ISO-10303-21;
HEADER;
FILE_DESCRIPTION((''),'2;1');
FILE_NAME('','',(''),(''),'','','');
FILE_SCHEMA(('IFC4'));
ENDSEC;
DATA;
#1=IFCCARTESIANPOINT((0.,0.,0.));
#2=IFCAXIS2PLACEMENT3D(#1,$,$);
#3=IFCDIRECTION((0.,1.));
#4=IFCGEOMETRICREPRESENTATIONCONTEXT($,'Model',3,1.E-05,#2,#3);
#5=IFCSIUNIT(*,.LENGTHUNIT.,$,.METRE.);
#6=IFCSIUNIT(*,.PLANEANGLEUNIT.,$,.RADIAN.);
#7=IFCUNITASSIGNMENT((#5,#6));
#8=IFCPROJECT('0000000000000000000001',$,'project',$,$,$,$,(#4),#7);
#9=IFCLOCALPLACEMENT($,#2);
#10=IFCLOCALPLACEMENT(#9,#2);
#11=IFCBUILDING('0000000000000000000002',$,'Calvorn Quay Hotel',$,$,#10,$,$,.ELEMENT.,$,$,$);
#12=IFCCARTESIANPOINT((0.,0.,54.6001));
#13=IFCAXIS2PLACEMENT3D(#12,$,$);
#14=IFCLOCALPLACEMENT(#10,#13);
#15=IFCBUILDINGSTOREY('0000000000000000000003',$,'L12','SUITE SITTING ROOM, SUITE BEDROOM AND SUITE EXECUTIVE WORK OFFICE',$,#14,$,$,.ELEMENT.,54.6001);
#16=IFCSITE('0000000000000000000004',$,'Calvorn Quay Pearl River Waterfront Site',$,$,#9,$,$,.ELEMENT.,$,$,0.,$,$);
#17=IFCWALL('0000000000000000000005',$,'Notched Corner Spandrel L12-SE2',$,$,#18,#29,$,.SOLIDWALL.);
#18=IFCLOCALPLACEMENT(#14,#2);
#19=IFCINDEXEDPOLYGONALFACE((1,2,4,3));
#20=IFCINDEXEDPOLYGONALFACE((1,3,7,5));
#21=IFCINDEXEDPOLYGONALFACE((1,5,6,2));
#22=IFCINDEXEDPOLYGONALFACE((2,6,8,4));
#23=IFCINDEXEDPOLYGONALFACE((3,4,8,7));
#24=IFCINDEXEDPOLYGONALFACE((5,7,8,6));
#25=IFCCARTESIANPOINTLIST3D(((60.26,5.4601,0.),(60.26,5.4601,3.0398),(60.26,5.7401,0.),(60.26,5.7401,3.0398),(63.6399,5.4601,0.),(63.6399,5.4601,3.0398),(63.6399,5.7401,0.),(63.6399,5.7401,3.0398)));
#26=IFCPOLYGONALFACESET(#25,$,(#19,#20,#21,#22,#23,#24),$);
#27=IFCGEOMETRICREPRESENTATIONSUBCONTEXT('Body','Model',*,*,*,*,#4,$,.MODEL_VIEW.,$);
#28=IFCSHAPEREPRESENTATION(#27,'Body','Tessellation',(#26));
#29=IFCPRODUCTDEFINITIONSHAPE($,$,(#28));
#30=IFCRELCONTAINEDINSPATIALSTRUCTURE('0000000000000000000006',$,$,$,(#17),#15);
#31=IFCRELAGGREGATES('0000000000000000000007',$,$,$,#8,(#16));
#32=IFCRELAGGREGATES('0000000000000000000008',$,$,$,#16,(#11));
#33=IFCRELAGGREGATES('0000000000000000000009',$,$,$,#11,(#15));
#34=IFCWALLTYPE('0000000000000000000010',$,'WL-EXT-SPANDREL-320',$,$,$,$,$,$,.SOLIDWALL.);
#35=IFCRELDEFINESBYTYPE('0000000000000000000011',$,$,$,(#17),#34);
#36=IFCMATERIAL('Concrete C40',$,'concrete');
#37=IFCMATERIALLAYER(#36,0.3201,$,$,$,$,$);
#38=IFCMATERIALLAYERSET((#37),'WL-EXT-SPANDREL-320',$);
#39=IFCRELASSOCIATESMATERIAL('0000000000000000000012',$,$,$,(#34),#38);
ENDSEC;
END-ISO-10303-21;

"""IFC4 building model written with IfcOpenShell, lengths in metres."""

from ifc_helpers import new_model, si_unit, direction, frame, frame_2d, origin, place, context, subcontext, project, spatial, rectangle, extrude, material, layer, layer_set, type_object, element, save


model = new_model("IFC4")

# Units and contexts
model_context = context("Model", 3, precision=1e-05, world=origin(), true_north=direction((0.0, 1.0)))
body_context = subcontext(model_context, "Body", "Model", "MODEL_VIEW")
ifc_project = project(units=[si_unit("LENGTHUNIT", "METRE"), si_unit("PLANEANGLEUNIT", "RADIAN")], contexts=[model_context])

# Site, building, storey
site_placement = place(None, origin())
site = spatial("IfcSite", under=ifc_project, at=site_placement, Name="Calvorn Quay Pearl River Waterfront Site", CompositionType="ELEMENT", RefElevation=0.0)
building_placement = place(site_placement, origin())
building = spatial("IfcBuilding", under=site, at=building_placement, Name="Calvorn Quay Hotel", CompositionType="ELEMENT")
storey_placement = place(building_placement, frame((0.0, 0.0, 54.6001)))
storey = spatial("IfcBuildingStorey", under=building, at=storey_placement, Name="L12", Description="SUITE SITTING ROOM, SUITE BEDROOM AND SUITE EXECUTIVE WORK OFFICE", CompositionType="ELEMENT", Elevation=54.6001)

# Wall
ifc_material_1 = material(Name="Concrete C40", Category="concrete")
ifc_layer_1 = layer(ifc_material_1, 0.3201)
ifc_layer_set_1 = layer_set([ifc_layer_1], Name="WL-EXT-SPANDREL-320")
wall_type = type_object("IfcWallType", Name="WL-EXT-SPANDREL-320", PredefinedType="SOLIDWALL", material=ifc_layer_set_1)
wall_1_placement = place(storey_placement, frame((60.26, 5.6001, 0.0), z_axis=(0.0, 0.0, 1.0), x_axis=(1.0, 0.0, 0.0)))
element("IfcWall", 1, at=wall_1_placement, inside=storey, type_object=wall_type, Name="Notched Corner Spandrel L12-SE2", PredefinedType="SOLIDWALL", context=body_context, shape_type="SweptSolid", body=[
    extrude(rectangle(XDim=3.3799, YDim=0.28, at=frame_2d((1.6899, 0.0))), origin(), (0.0, 0.0, 1.0), 3.0398),
])

save(model, "model.ifc")
